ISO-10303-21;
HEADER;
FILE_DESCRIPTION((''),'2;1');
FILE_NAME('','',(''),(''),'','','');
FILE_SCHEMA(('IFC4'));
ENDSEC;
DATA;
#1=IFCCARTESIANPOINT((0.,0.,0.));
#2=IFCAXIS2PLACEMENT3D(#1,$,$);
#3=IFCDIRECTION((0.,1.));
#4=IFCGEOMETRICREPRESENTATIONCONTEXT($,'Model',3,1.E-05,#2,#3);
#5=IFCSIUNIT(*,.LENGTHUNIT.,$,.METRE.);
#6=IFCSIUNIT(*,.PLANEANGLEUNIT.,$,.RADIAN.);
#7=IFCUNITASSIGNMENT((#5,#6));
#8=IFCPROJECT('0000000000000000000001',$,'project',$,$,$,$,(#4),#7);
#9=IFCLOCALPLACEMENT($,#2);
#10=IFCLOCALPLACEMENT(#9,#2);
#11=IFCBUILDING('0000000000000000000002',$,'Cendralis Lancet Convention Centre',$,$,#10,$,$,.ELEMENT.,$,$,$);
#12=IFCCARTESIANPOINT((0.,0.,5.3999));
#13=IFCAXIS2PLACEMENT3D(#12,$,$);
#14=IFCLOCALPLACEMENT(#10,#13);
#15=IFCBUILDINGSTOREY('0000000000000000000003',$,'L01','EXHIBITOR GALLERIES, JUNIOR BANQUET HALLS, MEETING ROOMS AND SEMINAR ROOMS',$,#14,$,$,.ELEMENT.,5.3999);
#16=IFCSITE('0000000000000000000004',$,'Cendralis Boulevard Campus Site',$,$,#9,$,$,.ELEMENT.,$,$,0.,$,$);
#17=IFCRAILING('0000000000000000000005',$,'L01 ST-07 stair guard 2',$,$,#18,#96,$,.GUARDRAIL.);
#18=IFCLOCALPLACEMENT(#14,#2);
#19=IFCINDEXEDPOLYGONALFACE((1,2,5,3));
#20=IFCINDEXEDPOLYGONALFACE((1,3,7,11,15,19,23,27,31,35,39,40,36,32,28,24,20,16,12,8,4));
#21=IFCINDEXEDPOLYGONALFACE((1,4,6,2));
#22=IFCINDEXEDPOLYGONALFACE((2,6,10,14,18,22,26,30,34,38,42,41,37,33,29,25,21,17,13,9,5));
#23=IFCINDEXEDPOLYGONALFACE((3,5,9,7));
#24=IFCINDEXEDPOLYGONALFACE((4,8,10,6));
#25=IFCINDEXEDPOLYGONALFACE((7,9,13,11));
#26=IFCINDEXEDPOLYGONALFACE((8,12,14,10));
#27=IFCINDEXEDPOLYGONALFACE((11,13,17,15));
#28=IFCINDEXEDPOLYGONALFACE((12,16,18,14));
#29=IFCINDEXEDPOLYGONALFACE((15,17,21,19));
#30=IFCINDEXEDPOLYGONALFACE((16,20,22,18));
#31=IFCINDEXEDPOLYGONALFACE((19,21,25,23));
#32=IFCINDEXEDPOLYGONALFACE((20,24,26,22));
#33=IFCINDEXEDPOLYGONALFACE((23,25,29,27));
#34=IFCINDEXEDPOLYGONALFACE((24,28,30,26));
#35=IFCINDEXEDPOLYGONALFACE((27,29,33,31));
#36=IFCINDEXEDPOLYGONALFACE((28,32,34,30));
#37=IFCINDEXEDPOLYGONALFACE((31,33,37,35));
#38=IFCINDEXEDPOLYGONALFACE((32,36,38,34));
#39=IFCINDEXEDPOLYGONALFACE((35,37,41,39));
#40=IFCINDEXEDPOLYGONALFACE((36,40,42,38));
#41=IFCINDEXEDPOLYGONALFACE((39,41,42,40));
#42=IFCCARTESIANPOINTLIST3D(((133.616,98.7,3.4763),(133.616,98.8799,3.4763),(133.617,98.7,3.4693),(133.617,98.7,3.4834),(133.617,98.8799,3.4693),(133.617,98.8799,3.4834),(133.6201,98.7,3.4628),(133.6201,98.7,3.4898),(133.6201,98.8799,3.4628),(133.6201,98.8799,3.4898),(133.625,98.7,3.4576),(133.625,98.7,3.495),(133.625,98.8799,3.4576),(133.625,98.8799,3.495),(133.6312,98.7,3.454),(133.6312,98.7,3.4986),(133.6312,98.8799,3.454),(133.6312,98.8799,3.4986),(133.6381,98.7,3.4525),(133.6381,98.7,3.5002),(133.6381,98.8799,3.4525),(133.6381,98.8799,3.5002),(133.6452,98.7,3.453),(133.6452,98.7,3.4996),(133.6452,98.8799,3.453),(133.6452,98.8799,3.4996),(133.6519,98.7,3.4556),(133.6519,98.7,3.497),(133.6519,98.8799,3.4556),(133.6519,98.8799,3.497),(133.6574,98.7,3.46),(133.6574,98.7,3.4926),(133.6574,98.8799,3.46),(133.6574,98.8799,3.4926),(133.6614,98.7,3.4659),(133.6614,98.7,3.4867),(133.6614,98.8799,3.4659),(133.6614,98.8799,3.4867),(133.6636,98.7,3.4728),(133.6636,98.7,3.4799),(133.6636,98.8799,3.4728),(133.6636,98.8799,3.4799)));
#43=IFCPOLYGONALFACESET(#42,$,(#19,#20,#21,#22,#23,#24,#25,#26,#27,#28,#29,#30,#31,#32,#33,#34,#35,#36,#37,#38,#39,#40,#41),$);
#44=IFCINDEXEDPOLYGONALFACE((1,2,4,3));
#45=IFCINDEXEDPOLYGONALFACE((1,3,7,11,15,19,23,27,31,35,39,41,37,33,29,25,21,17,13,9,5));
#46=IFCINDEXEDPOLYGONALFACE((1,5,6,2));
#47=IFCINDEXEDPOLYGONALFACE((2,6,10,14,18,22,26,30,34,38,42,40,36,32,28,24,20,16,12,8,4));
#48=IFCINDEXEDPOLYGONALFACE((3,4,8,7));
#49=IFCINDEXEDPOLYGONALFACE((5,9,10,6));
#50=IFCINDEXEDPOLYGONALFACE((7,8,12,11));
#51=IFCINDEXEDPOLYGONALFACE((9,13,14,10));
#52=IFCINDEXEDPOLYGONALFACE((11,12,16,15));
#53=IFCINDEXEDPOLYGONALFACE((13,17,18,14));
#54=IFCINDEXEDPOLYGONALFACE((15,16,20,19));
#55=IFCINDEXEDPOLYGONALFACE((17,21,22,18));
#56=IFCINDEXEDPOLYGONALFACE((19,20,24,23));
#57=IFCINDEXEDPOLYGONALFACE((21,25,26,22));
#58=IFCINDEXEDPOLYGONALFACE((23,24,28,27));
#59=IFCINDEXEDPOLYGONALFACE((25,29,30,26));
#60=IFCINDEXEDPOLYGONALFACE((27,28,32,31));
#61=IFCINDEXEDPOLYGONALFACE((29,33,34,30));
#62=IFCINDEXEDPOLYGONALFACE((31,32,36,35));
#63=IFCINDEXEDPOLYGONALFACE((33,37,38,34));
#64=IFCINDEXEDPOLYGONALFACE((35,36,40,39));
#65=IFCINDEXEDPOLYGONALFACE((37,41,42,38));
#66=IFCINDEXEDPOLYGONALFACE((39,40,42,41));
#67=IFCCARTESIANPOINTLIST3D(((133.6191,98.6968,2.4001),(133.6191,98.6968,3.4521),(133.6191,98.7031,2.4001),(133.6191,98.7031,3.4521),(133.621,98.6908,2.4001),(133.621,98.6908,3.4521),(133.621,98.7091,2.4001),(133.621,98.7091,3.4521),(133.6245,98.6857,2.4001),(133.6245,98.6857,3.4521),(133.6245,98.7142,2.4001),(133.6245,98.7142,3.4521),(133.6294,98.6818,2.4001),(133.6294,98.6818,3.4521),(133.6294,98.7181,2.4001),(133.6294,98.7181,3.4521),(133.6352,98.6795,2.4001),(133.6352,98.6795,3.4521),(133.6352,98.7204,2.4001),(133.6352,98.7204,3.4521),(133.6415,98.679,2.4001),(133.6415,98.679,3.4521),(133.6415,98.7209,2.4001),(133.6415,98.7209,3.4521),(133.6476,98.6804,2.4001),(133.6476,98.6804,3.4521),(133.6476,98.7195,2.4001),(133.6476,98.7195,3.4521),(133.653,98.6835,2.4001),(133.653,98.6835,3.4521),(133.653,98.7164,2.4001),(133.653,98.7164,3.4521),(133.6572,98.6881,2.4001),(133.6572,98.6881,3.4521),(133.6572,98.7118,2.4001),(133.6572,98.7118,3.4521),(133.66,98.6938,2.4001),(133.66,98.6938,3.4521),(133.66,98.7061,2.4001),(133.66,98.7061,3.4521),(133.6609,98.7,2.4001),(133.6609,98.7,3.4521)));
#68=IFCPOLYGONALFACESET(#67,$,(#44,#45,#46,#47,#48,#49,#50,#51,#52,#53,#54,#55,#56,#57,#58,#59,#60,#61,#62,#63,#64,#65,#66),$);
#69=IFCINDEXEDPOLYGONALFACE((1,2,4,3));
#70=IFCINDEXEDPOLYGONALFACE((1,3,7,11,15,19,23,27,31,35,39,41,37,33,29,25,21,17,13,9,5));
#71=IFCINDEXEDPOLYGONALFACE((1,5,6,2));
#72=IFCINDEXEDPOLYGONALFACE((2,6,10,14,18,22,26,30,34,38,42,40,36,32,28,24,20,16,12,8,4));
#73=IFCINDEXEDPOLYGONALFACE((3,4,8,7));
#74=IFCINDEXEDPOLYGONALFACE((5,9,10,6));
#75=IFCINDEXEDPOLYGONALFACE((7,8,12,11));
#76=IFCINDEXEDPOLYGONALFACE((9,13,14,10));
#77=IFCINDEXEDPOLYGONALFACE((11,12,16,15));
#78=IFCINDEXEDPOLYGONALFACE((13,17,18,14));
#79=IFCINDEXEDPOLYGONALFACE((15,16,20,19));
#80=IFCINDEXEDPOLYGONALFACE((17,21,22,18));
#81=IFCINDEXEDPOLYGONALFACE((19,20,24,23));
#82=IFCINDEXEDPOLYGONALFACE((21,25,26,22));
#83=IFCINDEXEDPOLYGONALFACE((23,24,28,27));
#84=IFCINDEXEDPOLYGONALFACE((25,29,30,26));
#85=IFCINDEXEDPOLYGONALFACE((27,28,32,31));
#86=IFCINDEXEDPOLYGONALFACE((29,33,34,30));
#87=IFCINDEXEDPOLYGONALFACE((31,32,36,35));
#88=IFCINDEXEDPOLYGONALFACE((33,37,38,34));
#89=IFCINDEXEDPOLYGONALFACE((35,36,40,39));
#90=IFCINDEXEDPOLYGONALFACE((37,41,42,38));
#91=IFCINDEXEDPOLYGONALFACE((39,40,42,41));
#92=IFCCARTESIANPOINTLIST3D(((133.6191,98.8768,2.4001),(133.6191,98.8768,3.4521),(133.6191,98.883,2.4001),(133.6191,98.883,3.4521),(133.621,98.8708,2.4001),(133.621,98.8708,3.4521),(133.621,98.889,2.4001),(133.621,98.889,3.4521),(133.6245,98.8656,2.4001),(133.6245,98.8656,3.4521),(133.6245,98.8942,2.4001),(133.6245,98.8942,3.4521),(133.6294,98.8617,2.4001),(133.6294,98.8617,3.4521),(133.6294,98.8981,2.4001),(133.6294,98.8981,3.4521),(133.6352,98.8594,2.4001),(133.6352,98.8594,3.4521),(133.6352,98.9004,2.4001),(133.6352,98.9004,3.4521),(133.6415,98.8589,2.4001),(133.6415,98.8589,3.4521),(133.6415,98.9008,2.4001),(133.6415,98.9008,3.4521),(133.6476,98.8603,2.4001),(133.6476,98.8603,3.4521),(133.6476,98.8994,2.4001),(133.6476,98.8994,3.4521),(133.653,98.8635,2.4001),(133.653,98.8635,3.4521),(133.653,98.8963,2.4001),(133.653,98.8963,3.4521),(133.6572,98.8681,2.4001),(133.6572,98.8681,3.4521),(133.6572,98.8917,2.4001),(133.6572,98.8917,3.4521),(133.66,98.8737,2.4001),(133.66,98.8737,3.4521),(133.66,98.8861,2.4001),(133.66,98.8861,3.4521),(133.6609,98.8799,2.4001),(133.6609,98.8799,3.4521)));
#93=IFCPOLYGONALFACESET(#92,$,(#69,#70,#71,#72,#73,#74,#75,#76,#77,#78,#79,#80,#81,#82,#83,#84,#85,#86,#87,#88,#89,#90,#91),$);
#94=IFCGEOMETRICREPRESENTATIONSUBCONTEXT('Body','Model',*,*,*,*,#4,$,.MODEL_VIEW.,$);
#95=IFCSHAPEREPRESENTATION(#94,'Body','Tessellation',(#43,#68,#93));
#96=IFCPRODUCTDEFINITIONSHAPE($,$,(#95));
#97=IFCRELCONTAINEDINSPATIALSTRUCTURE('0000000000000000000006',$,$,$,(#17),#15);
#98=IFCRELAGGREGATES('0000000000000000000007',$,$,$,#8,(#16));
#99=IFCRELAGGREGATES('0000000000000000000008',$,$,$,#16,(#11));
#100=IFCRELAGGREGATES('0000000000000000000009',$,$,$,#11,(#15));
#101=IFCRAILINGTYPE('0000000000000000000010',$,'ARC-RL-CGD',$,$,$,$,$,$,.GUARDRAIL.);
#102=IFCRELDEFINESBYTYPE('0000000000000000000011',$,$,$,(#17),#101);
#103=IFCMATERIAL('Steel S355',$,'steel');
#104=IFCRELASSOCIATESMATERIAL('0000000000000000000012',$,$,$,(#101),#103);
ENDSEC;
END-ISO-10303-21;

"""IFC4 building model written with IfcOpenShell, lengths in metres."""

from ifc_helpers import new_model, si_unit, direction, frame, origin, origin_2d, place, context, subcontext, project, spatial, circle, extrude, material, type_object, element, save


model = new_model("IFC4")

# Units and contexts
model_context = context("Model", 3, precision=1e-05, world=origin(), true_north=direction((0.0, 1.0)))
body_context = subcontext(model_context, "Body", "Model", "MODEL_VIEW")
ifc_project = project(units=[si_unit("LENGTHUNIT", "METRE"), si_unit("PLANEANGLEUNIT", "RADIAN")], contexts=[model_context])

# Site, building, storey
site_placement = place(None, origin())
site = spatial("IfcSite", under=ifc_project, at=site_placement, Name="Cendralis Boulevard Campus Site", CompositionType="ELEMENT", RefElevation=0.0)
building_placement = place(site_placement, origin())
building = spatial("IfcBuilding", under=site, at=building_placement, Name="Cendralis Lancet Convention Centre", CompositionType="ELEMENT")
storey_placement = place(building_placement, frame((0.0, 0.0, 5.3999)))
storey = spatial("IfcBuildingStorey", under=building, at=storey_placement, Name="L01", Description="EXHIBITOR GALLERIES, JUNIOR BANQUET HALLS, MEETING ROOMS AND SEMINAR ROOMS", CompositionType="ELEMENT", Elevation=5.3999)

# Shared definitions
ifc_material_1 = material(Name="Steel S355", Category="steel")

# Railing
railing_type_1 = type_object("IfcRailingType", Name="ARC-RL-CGD", PredefinedType="GUARDRAIL", material=ifc_material_1)
railing_1_placement = place(storey_placement, frame((133.6399, 98.7, 2.4001)))
element("IfcRailing", 1, at=railing_1_placement, inside=storey, type_object=railing_type_1, Name="L01 ST-07 stair guard 2", PredefinedType="GUARDRAIL", context=body_context, shape_type="SweptSolid", body=[
    extrude(circle(Radius=0.0239, at=origin_2d()), frame((0.0, 0.0, 1.0762), z_axis=(0.0, 1.0, 0.0), x_axis=(-1.0, 0.0, 0.0)), (0.0, 0.0, 1.0), 0.1799),
    extrude(circle(Radius=0.021, at=origin_2d()), origin(), (0.0, 0.0, 1.0), 1.052),
    extrude(circle(Radius=0.021, at=origin_2d()), frame((0.0, 0.1799, 0.0)), (0.0, 0.0, 1.0), 1.052),
])

save(model, "model.ifc")
